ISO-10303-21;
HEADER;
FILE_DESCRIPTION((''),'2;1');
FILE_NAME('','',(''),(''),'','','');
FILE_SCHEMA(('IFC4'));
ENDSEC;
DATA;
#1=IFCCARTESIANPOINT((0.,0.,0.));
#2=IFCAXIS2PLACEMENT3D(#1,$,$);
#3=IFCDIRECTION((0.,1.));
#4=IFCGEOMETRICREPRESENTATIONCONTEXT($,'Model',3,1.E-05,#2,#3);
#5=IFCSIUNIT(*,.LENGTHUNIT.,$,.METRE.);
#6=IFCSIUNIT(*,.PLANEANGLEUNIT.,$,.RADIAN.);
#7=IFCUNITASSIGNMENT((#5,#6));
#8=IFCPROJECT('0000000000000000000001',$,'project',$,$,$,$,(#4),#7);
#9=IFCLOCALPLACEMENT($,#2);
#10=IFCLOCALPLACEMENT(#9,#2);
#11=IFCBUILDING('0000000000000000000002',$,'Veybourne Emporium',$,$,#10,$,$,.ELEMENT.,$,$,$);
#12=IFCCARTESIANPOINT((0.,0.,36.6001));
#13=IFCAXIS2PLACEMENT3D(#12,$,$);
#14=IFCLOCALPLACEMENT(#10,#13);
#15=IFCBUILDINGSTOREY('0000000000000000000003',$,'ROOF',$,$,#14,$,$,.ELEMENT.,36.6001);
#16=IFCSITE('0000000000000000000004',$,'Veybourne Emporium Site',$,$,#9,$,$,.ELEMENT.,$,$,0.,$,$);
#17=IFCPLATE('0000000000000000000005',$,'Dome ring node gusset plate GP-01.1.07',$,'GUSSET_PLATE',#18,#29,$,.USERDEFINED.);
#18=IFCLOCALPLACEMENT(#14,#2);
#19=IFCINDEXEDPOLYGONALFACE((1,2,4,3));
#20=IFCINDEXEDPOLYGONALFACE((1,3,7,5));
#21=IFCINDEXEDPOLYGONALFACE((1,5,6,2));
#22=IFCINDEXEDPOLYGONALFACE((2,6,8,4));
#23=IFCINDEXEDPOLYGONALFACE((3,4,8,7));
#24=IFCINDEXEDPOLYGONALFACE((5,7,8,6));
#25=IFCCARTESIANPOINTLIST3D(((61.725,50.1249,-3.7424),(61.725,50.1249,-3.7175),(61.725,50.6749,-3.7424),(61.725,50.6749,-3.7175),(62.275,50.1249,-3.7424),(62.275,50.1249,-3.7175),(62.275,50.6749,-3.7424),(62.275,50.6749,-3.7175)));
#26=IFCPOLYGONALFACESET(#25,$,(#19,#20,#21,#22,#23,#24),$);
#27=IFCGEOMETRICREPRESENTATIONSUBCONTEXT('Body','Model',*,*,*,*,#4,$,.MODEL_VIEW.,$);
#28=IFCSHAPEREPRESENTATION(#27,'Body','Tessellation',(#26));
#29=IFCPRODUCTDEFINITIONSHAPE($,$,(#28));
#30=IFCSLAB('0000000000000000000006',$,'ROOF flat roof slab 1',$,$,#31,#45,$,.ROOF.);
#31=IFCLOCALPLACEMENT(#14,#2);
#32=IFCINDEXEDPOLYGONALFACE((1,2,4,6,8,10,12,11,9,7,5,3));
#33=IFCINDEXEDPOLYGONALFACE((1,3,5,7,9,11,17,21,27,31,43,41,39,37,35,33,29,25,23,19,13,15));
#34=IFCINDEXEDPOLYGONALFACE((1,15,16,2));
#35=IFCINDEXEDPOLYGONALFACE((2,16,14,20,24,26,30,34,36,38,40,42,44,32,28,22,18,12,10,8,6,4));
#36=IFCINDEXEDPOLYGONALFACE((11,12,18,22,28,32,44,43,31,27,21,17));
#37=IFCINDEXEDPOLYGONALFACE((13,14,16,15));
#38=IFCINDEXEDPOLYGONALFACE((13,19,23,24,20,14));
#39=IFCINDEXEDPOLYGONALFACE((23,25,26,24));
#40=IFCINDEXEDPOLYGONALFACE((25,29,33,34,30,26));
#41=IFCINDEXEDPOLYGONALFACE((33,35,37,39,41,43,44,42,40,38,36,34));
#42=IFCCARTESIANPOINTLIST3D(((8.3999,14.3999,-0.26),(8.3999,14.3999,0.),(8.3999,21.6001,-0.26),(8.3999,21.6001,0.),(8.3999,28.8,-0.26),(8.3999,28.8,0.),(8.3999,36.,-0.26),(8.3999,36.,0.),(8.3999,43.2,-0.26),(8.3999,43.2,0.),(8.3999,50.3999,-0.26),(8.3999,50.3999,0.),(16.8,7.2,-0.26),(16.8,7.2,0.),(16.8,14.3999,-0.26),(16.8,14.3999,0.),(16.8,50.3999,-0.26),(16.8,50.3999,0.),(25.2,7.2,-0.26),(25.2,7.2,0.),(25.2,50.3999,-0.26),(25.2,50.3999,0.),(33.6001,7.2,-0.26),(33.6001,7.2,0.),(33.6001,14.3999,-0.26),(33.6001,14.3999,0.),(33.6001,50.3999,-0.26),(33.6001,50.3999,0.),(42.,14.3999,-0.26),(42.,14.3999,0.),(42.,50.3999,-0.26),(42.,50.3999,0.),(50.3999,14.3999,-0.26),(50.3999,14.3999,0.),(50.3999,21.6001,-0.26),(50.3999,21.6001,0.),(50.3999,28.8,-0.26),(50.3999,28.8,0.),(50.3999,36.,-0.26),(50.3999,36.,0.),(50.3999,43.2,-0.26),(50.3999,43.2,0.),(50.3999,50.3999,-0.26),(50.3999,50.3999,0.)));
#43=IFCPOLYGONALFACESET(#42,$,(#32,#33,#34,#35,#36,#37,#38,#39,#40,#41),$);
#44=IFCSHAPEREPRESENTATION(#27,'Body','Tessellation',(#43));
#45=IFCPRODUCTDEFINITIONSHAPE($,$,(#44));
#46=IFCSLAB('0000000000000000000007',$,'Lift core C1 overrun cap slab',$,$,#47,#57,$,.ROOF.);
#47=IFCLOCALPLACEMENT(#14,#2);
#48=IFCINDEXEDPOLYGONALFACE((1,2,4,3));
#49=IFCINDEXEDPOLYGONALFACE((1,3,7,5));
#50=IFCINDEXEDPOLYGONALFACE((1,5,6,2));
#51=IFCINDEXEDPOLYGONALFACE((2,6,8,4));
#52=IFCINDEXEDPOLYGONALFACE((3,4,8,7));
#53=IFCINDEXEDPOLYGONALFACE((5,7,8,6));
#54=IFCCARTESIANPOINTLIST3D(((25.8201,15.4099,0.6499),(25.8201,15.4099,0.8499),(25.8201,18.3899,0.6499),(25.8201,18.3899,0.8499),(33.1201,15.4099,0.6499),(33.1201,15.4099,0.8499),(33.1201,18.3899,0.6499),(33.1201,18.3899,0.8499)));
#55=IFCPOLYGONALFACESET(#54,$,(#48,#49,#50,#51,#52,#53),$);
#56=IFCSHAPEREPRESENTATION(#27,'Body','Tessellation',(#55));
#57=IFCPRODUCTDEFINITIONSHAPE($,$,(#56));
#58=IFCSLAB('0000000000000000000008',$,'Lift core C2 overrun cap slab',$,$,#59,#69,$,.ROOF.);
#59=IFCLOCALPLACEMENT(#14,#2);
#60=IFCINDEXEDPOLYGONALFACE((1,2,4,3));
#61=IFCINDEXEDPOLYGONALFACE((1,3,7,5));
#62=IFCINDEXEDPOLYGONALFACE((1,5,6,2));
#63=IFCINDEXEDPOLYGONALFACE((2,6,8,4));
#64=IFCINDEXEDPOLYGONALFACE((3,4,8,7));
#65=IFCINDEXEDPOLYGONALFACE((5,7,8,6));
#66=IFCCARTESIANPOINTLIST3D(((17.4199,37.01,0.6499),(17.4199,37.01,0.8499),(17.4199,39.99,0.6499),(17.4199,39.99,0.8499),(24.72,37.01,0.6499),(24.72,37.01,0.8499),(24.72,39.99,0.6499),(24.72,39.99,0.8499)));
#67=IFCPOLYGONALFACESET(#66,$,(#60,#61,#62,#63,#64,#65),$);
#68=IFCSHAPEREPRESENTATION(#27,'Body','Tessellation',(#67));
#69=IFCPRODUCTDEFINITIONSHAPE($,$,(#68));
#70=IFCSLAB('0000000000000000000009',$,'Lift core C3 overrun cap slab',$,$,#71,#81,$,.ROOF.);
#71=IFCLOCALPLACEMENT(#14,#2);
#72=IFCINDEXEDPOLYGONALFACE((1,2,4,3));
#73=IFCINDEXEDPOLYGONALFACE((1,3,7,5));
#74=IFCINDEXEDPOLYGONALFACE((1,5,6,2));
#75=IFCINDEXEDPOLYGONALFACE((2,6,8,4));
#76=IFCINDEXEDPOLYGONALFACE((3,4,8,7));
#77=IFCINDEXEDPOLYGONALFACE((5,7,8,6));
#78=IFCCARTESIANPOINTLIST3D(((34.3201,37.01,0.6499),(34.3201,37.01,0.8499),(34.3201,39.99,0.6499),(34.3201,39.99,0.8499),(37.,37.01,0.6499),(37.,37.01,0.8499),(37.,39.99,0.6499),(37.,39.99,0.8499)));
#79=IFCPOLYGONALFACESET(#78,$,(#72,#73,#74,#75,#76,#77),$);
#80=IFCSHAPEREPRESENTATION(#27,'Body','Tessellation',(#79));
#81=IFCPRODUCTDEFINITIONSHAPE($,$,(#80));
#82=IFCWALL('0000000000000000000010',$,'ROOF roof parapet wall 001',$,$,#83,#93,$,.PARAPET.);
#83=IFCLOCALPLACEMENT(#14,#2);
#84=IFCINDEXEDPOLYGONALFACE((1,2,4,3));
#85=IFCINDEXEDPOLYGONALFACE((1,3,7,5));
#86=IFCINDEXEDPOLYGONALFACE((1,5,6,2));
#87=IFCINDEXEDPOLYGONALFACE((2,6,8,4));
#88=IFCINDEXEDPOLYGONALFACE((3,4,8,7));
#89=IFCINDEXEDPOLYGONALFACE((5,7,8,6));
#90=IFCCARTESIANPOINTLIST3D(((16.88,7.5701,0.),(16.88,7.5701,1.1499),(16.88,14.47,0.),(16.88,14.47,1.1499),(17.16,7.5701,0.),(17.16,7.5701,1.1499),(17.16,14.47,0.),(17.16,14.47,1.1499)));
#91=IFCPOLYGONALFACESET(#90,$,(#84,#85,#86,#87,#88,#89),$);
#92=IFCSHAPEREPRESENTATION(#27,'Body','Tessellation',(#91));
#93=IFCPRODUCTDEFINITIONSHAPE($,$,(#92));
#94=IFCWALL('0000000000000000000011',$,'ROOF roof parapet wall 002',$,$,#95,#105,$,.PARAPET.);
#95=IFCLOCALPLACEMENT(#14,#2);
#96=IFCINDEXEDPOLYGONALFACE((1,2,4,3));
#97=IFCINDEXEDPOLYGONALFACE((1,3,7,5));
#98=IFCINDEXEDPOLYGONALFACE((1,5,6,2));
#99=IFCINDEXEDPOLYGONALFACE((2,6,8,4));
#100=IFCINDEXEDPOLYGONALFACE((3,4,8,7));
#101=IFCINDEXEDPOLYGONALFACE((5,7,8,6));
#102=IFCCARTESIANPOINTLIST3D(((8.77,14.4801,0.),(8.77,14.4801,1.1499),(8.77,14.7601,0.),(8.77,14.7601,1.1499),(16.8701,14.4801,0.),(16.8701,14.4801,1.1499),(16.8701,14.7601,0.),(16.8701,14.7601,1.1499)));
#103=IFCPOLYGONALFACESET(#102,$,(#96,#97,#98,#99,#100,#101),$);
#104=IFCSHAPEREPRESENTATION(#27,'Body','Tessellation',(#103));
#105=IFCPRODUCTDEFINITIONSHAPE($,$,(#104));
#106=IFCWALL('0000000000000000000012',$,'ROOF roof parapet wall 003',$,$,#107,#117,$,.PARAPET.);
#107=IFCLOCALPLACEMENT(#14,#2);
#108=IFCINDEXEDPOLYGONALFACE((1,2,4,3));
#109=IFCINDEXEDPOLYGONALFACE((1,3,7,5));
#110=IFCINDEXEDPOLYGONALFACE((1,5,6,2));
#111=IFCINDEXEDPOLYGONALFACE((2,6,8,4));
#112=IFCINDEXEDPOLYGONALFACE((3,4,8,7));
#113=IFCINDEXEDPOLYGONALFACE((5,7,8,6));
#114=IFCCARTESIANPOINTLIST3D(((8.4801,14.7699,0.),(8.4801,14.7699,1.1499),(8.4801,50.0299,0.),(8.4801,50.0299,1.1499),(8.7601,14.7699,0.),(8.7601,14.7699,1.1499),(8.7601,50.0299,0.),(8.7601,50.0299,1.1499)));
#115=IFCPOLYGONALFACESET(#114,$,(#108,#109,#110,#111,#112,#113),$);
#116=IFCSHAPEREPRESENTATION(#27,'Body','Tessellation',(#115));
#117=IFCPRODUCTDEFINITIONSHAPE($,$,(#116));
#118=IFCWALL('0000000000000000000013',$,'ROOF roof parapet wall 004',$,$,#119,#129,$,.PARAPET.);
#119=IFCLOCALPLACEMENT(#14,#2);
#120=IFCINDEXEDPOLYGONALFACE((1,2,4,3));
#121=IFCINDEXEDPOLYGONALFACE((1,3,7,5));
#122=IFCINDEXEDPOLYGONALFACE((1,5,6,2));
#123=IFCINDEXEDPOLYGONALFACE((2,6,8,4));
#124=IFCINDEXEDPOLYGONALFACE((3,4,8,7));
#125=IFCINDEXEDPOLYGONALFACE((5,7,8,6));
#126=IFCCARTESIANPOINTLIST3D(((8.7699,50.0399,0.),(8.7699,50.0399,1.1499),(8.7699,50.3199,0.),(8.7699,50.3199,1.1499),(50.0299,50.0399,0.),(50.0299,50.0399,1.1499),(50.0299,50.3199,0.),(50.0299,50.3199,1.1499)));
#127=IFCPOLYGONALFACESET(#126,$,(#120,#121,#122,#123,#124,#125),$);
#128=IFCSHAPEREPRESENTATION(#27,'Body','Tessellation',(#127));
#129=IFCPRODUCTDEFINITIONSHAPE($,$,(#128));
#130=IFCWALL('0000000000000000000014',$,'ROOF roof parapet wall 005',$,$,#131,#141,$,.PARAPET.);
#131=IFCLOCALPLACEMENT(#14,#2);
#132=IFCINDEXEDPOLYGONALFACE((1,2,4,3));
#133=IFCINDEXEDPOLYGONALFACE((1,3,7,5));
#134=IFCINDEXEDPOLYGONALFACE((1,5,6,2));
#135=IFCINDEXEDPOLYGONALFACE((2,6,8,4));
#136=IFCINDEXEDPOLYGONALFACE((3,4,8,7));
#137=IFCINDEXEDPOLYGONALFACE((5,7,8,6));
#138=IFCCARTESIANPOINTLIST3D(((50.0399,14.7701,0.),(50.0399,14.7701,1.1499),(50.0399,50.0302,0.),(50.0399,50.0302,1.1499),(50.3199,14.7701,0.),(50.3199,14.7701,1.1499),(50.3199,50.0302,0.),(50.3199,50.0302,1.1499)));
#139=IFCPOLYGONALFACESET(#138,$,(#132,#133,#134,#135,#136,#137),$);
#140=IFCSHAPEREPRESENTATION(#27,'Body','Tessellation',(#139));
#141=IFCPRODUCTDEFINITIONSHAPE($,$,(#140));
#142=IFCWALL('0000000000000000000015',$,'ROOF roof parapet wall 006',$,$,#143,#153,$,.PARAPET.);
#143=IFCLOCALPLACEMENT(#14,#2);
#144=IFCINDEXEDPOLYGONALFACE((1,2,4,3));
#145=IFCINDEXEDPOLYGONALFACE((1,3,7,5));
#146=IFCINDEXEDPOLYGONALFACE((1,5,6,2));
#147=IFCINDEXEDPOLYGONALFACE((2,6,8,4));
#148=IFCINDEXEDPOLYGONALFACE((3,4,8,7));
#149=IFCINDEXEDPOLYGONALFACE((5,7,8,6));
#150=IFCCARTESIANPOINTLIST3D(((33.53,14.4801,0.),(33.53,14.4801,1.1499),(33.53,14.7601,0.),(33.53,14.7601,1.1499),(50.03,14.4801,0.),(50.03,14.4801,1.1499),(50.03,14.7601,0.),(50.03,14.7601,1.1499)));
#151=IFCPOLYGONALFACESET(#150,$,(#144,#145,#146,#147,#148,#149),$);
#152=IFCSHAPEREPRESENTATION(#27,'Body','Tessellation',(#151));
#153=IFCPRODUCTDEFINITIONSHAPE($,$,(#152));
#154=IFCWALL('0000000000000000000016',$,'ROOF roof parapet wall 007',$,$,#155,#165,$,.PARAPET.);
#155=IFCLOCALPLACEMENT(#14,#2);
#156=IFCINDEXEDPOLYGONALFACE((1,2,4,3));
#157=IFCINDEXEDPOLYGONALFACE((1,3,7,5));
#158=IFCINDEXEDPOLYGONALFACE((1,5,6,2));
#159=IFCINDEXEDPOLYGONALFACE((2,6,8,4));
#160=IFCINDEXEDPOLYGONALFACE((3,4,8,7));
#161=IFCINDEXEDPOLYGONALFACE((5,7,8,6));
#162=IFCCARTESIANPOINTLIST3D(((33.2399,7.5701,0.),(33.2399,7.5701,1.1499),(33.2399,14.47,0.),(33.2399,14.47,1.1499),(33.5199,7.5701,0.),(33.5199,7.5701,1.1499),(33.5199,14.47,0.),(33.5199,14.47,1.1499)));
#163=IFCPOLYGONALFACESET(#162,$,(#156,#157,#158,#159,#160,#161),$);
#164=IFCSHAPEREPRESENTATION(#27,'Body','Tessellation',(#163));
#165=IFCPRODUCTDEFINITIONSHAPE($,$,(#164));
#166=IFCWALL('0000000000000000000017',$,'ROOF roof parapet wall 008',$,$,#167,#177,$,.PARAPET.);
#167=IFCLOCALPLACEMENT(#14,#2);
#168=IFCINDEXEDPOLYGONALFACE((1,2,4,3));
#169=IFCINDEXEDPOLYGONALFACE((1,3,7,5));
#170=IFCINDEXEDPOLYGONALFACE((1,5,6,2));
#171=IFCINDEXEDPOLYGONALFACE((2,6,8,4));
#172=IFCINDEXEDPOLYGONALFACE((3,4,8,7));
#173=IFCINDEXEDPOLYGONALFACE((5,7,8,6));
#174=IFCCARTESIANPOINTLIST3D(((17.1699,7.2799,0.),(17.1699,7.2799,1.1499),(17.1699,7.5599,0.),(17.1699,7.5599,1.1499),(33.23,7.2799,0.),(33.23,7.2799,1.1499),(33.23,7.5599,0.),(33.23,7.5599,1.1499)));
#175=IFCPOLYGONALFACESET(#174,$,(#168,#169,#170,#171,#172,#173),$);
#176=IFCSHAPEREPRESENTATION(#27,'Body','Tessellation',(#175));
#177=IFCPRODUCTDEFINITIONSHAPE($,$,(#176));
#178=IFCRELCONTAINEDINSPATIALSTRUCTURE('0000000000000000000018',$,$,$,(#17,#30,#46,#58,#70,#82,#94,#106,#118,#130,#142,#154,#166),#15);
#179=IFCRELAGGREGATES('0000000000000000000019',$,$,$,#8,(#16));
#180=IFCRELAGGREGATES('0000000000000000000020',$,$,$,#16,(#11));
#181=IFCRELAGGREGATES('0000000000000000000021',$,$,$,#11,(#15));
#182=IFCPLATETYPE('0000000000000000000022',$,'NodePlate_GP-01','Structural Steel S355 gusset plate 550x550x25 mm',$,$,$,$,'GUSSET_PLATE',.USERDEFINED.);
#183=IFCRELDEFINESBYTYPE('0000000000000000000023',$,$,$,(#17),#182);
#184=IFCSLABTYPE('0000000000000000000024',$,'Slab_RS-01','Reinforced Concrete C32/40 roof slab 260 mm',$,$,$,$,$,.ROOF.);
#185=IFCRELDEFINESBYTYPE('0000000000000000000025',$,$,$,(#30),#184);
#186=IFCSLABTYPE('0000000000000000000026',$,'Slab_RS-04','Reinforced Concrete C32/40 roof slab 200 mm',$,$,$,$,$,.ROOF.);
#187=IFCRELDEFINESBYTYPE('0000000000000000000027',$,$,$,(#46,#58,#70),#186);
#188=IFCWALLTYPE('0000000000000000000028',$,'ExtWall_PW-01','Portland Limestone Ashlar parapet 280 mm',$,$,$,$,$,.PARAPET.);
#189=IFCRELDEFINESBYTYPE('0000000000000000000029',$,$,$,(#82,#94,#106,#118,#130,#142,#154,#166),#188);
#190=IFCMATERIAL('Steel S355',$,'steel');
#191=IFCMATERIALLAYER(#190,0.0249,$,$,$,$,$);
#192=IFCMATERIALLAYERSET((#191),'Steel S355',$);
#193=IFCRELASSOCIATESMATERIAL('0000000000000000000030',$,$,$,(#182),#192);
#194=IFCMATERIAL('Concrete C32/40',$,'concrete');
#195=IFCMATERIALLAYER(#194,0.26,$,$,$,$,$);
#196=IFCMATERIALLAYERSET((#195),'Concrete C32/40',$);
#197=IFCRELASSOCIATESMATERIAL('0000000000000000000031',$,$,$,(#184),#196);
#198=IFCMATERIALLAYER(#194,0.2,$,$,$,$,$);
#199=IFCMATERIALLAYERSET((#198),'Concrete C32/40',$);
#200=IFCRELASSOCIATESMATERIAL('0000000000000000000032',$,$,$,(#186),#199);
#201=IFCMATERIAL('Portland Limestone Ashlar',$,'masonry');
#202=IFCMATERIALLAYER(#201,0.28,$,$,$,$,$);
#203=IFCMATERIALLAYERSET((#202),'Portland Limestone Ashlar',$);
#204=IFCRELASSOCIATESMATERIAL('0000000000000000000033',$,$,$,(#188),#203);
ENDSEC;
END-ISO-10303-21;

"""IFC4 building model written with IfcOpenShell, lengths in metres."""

from ifc_helpers import new_model, si_unit, direction, frame, frame_2d, origin, origin_2d, place, context, subcontext, project, spatial, polyline, rectangle, outline, extrude, material, layer, layer_set, type_object, element, save


model = new_model("IFC4")

# Units and contexts
model_context = context("Model", 3, precision=1e-05, world=origin(), true_north=direction((0.0, 1.0)))
body_context = subcontext(model_context, "Body", "Model", "MODEL_VIEW")
ifc_project = project(units=[si_unit("LENGTHUNIT", "METRE"), si_unit("PLANEANGLEUNIT", "RADIAN")], contexts=[model_context])

# Site, building, storey
site_placement = place(None, origin())
site = spatial("IfcSite", under=ifc_project, at=site_placement, Name="Veybourne Emporium Site", CompositionType="ELEMENT", RefElevation=0.0)
building_placement = place(site_placement, origin())
building = spatial("IfcBuilding", under=site, at=building_placement, Name="Veybourne Emporium", CompositionType="ELEMENT")
storey_placement = place(building_placement, frame((0.0, 0.0, 36.6001)))
storey = spatial("IfcBuildingStorey", under=building, at=storey_placement, Name="ROOF", CompositionType="ELEMENT", Elevation=36.6001)

# Shared definitions
ifc_material_1 = material(Name="Steel S355", Category="steel")

# Plate
ifc_layer_1 = layer(ifc_material_1, 0.0249)
ifc_layer_set_1 = layer_set([ifc_layer_1], Name="Steel S355")
plate_type_1 = type_object("IfcPlateType", Name="NodePlate_GP-01", Description="Structural Steel S355 gusset plate 550x550x25 mm", ElementType="GUSSET_PLATE", PredefinedType="USERDEFINED", material=ifc_layer_set_1)
plate_1_placement = place(storey_placement, frame((62.0, 50.3999, -3.7424), z_axis=(0.0, 0.0, 1.0), x_axis=(-1.0, 0.0, 0.0)))
element("IfcPlate", 1, at=plate_1_placement, inside=storey, type_object=plate_type_1, Name="Dome ring node gusset plate GP-01.1.07", ObjectType="GUSSET_PLATE", PredefinedType="USERDEFINED", context=body_context, shape_type="SweptSolid", body=[
    extrude(rectangle(XDim=0.55, YDim=0.55, at=origin_2d()), origin(), (0.0, 0.0, 1.0), 0.0249),
])

# Slabs
ifc_material_2 = material(Name="Concrete C32/40", Category="concrete")
ifc_layer_2 = layer(ifc_material_2, 0.26)
ifc_layer_set_2 = layer_set([ifc_layer_2], Name="Concrete C32/40")
slab_type_1 = type_object("IfcSlabType", Name="Slab_RS-01", Description="Reinforced Concrete C32/40 roof slab 260 mm", PredefinedType="ROOF", material=ifc_layer_set_2)
slab_1_placement = place(storey_placement, frame((0.0, 0.0, -0.26)))
element("IfcSlab", 2, at=slab_1_placement, inside=storey, type_object=slab_type_1, Name="ROOF flat roof slab 1", PredefinedType="ROOF", context=body_context, shape_type="SweptSolid", body=[
    extrude(outline(polyline([(16.8, 7.2), (16.8, 14.3999), (8.3999, 14.3999), (8.3999, 21.6001), (8.3999, 28.8), (8.3999, 36.0), (8.3999, 43.2), (8.3999, 50.3999), (16.8, 50.3999), (25.2, 50.3999), (33.6001, 50.3999), (42.0, 50.3999), (50.3999, 50.3999), (50.3999, 43.2), (50.3999, 36.0), (50.3999, 28.8), (50.3999, 21.6001), (50.3999, 14.3999), (42.0, 14.3999), (33.6001, 14.3999), (33.6001, 7.2), (25.2, 7.2), (16.8, 7.2)])), origin(), (0.0, 0.0, 1.0), 0.26),
])
ifc_layer_3 = layer(ifc_material_2, 0.2)
ifc_layer_set_3 = layer_set([ifc_layer_3], Name="Concrete C32/40")
slab_type_2 = type_object("IfcSlabType", Name="Slab_RS-04", Description="Reinforced Concrete C32/40 roof slab 200 mm", PredefinedType="ROOF", material=ifc_layer_set_3)
slab_2_placement = place(storey_placement, frame((0.0, 0.0, 0.6499)))
element("IfcSlab", 3, at=slab_2_placement, inside=storey, type_object=slab_type_2, Name="Lift core C1 overrun cap slab", PredefinedType="ROOF", context=body_context, shape_type="SweptSolid", body=[
    extrude(outline(polyline([(25.8201, 15.4099), (33.1201, 15.4099), (33.1201, 18.3899), (25.8201, 18.3899), (25.8201, 15.4099)])), origin(), (0.0, 0.0, 1.0), 0.2),
])
slab_3_placement = place(storey_placement, frame((0.0, 0.0, 0.6499)))
element("IfcSlab", 4, at=slab_3_placement, inside=storey, type_object=slab_type_2, Name="Lift core C2 overrun cap slab", PredefinedType="ROOF", context=body_context, shape_type="SweptSolid", body=[
    extrude(outline(polyline([(17.4199, 37.01), (24.72, 37.01), (24.72, 39.99), (17.4199, 39.99), (17.4199, 37.01)])), origin(), (0.0, 0.0, 1.0), 0.2),
])
slab_4_placement = place(storey_placement, frame((0.0, 0.0, 0.6499)))
element("IfcSlab", 5, at=slab_4_placement, inside=storey, type_object=slab_type_2, Name="Lift core C3 overrun cap slab", PredefinedType="ROOF", context=body_context, shape_type="SweptSolid", body=[
    extrude(outline(polyline([(34.3201, 37.01), (37.0, 37.01), (37.0, 39.99), (34.3201, 39.99), (34.3201, 37.01)])), origin(), (0.0, 0.0, 1.0), 0.2),
])

# Walls
ifc_material_3 = material(Name="Portland Limestone Ashlar", Category="masonry")
ifc_layer_4 = layer(ifc_material_3, 0.28)
ifc_layer_set_4 = layer_set([ifc_layer_4], Name="Portland Limestone Ashlar")
wall_type = type_object("IfcWallType", Name="ExtWall_PW-01", Description="Portland Limestone Ashlar parapet 280 mm", PredefinedType="PARAPET", material=ifc_layer_set_4)
wall_1_placement = place(storey_placement, frame((17.02, 7.5701, 0.0), z_axis=(0.0, 0.0, 1.0), x_axis=(0.0, 1.0, 0.0)))
element("IfcWall", 6, at=wall_1_placement, inside=storey, type_object=wall_type, Name="ROOF roof parapet wall 001", PredefinedType="PARAPET", context=body_context, shape_type="SweptSolid", body=[
    extrude(rectangle(XDim=6.8999, YDim=0.28, at=frame_2d((3.45, 0.0))), origin(), (0.0, 0.0, 1.0), 1.1499),
])
wall_2_placement = place(storey_placement, frame((16.8701, 14.6201, 0.0), z_axis=(0.0, 0.0, 1.0), x_axis=(-1.0, 0.0, 0.0)))
element("IfcWall", 7, at=wall_2_placement, inside=storey, type_object=wall_type, Name="ROOF roof parapet wall 002", PredefinedType="PARAPET", context=body_context, shape_type="SweptSolid", body=[
    extrude(rectangle(XDim=8.1001, YDim=0.28, at=frame_2d((4.05, 0.0))), origin(), (0.0, 0.0, 1.0), 1.1499),
])
wall_3_placement = place(storey_placement, frame((8.6201, 14.77, 0.0), z_axis=(0.0, 0.0, 1.0), x_axis=(0.0, 1.0, 0.0)))
element("IfcWall", 8, at=wall_3_placement, inside=storey, type_object=wall_type, Name="ROOF roof parapet wall 003", PredefinedType="PARAPET", context=body_context, shape_type="SweptSolid", body=[
    extrude(rectangle(XDim=35.26, YDim=0.28, at=frame_2d((17.6299, 0.0))), origin(), (0.0, 0.0, 1.0), 1.1499),
])
wall_4_placement = place(storey_placement, frame((8.77, 50.1799, 0.0), z_axis=(0.0, 0.0, 1.0), x_axis=(1.0, 0.0, 0.0)))
element("IfcWall", 9, at=wall_4_placement, inside=storey, type_object=wall_type, Name="ROOF roof parapet wall 004", PredefinedType="PARAPET", context=body_context, shape_type="SweptSolid", body=[
    extrude(rectangle(XDim=41.26, YDim=0.28, at=frame_2d((20.6299, 0.0))), origin(), (0.0, 0.0, 1.0), 1.1499),
])
wall_5_placement = place(storey_placement, frame((50.1799, 50.03, 0.0), z_axis=(0.0, 0.0, 1.0), x_axis=(0.0, -1.0, 0.0)))
element("IfcWall", 10, at=wall_5_placement, inside=storey, type_object=wall_type, Name="ROOF roof parapet wall 005", PredefinedType="PARAPET", context=body_context, shape_type="SweptSolid", body=[
    extrude(rectangle(XDim=35.26, YDim=0.28, at=frame_2d((17.6299, 0.0))), origin(), (0.0, 0.0, 1.0), 1.1499),
])
wall_6_placement = place(storey_placement, frame((50.03, 14.6201, 0.0), z_axis=(0.0, 0.0, 1.0), x_axis=(-1.0, 0.0, 0.0)))
element("IfcWall", 11, at=wall_6_placement, inside=storey, type_object=wall_type, Name="ROOF roof parapet wall 006", PredefinedType="PARAPET", context=body_context, shape_type="SweptSolid", body=[
    extrude(rectangle(XDim=16.5, YDim=0.28, at=frame_2d((8.25, 0.0))), origin(), (0.0, 0.0, 1.0), 1.1499),
])
wall_7_placement = place(storey_placement, frame((33.3799, 14.47, 0.0), z_axis=(0.0, 0.0, 1.0), x_axis=(0.0, -1.0, 0.0)))
element("IfcWall", 12, at=wall_7_placement, inside=storey, type_object=wall_type, Name="ROOF roof parapet wall 007", PredefinedType="PARAPET", context=body_context, shape_type="SweptSolid", body=[
    extrude(rectangle(XDim=6.8999, YDim=0.28, at=frame_2d((3.45, 0.0))), origin(), (0.0, 0.0, 1.0), 1.1499),
])
wall_8_placement = place(storey_placement, frame((33.23, 7.4199, 0.0), z_axis=(0.0, 0.0, 1.0), x_axis=(-1.0, 0.0, 0.0)))
element("IfcWall", 13, at=wall_8_placement, inside=storey, type_object=wall_type, Name="ROOF roof parapet wall 008", PredefinedType="PARAPET", context=body_context, shape_type="SweptSolid", body=[
    extrude(rectangle(XDim=16.0601, YDim=0.28, at=frame_2d((8.03, 0.0))), origin(), (0.0, 0.0, 1.0), 1.1499),
])

save(model, "model.ifc")
